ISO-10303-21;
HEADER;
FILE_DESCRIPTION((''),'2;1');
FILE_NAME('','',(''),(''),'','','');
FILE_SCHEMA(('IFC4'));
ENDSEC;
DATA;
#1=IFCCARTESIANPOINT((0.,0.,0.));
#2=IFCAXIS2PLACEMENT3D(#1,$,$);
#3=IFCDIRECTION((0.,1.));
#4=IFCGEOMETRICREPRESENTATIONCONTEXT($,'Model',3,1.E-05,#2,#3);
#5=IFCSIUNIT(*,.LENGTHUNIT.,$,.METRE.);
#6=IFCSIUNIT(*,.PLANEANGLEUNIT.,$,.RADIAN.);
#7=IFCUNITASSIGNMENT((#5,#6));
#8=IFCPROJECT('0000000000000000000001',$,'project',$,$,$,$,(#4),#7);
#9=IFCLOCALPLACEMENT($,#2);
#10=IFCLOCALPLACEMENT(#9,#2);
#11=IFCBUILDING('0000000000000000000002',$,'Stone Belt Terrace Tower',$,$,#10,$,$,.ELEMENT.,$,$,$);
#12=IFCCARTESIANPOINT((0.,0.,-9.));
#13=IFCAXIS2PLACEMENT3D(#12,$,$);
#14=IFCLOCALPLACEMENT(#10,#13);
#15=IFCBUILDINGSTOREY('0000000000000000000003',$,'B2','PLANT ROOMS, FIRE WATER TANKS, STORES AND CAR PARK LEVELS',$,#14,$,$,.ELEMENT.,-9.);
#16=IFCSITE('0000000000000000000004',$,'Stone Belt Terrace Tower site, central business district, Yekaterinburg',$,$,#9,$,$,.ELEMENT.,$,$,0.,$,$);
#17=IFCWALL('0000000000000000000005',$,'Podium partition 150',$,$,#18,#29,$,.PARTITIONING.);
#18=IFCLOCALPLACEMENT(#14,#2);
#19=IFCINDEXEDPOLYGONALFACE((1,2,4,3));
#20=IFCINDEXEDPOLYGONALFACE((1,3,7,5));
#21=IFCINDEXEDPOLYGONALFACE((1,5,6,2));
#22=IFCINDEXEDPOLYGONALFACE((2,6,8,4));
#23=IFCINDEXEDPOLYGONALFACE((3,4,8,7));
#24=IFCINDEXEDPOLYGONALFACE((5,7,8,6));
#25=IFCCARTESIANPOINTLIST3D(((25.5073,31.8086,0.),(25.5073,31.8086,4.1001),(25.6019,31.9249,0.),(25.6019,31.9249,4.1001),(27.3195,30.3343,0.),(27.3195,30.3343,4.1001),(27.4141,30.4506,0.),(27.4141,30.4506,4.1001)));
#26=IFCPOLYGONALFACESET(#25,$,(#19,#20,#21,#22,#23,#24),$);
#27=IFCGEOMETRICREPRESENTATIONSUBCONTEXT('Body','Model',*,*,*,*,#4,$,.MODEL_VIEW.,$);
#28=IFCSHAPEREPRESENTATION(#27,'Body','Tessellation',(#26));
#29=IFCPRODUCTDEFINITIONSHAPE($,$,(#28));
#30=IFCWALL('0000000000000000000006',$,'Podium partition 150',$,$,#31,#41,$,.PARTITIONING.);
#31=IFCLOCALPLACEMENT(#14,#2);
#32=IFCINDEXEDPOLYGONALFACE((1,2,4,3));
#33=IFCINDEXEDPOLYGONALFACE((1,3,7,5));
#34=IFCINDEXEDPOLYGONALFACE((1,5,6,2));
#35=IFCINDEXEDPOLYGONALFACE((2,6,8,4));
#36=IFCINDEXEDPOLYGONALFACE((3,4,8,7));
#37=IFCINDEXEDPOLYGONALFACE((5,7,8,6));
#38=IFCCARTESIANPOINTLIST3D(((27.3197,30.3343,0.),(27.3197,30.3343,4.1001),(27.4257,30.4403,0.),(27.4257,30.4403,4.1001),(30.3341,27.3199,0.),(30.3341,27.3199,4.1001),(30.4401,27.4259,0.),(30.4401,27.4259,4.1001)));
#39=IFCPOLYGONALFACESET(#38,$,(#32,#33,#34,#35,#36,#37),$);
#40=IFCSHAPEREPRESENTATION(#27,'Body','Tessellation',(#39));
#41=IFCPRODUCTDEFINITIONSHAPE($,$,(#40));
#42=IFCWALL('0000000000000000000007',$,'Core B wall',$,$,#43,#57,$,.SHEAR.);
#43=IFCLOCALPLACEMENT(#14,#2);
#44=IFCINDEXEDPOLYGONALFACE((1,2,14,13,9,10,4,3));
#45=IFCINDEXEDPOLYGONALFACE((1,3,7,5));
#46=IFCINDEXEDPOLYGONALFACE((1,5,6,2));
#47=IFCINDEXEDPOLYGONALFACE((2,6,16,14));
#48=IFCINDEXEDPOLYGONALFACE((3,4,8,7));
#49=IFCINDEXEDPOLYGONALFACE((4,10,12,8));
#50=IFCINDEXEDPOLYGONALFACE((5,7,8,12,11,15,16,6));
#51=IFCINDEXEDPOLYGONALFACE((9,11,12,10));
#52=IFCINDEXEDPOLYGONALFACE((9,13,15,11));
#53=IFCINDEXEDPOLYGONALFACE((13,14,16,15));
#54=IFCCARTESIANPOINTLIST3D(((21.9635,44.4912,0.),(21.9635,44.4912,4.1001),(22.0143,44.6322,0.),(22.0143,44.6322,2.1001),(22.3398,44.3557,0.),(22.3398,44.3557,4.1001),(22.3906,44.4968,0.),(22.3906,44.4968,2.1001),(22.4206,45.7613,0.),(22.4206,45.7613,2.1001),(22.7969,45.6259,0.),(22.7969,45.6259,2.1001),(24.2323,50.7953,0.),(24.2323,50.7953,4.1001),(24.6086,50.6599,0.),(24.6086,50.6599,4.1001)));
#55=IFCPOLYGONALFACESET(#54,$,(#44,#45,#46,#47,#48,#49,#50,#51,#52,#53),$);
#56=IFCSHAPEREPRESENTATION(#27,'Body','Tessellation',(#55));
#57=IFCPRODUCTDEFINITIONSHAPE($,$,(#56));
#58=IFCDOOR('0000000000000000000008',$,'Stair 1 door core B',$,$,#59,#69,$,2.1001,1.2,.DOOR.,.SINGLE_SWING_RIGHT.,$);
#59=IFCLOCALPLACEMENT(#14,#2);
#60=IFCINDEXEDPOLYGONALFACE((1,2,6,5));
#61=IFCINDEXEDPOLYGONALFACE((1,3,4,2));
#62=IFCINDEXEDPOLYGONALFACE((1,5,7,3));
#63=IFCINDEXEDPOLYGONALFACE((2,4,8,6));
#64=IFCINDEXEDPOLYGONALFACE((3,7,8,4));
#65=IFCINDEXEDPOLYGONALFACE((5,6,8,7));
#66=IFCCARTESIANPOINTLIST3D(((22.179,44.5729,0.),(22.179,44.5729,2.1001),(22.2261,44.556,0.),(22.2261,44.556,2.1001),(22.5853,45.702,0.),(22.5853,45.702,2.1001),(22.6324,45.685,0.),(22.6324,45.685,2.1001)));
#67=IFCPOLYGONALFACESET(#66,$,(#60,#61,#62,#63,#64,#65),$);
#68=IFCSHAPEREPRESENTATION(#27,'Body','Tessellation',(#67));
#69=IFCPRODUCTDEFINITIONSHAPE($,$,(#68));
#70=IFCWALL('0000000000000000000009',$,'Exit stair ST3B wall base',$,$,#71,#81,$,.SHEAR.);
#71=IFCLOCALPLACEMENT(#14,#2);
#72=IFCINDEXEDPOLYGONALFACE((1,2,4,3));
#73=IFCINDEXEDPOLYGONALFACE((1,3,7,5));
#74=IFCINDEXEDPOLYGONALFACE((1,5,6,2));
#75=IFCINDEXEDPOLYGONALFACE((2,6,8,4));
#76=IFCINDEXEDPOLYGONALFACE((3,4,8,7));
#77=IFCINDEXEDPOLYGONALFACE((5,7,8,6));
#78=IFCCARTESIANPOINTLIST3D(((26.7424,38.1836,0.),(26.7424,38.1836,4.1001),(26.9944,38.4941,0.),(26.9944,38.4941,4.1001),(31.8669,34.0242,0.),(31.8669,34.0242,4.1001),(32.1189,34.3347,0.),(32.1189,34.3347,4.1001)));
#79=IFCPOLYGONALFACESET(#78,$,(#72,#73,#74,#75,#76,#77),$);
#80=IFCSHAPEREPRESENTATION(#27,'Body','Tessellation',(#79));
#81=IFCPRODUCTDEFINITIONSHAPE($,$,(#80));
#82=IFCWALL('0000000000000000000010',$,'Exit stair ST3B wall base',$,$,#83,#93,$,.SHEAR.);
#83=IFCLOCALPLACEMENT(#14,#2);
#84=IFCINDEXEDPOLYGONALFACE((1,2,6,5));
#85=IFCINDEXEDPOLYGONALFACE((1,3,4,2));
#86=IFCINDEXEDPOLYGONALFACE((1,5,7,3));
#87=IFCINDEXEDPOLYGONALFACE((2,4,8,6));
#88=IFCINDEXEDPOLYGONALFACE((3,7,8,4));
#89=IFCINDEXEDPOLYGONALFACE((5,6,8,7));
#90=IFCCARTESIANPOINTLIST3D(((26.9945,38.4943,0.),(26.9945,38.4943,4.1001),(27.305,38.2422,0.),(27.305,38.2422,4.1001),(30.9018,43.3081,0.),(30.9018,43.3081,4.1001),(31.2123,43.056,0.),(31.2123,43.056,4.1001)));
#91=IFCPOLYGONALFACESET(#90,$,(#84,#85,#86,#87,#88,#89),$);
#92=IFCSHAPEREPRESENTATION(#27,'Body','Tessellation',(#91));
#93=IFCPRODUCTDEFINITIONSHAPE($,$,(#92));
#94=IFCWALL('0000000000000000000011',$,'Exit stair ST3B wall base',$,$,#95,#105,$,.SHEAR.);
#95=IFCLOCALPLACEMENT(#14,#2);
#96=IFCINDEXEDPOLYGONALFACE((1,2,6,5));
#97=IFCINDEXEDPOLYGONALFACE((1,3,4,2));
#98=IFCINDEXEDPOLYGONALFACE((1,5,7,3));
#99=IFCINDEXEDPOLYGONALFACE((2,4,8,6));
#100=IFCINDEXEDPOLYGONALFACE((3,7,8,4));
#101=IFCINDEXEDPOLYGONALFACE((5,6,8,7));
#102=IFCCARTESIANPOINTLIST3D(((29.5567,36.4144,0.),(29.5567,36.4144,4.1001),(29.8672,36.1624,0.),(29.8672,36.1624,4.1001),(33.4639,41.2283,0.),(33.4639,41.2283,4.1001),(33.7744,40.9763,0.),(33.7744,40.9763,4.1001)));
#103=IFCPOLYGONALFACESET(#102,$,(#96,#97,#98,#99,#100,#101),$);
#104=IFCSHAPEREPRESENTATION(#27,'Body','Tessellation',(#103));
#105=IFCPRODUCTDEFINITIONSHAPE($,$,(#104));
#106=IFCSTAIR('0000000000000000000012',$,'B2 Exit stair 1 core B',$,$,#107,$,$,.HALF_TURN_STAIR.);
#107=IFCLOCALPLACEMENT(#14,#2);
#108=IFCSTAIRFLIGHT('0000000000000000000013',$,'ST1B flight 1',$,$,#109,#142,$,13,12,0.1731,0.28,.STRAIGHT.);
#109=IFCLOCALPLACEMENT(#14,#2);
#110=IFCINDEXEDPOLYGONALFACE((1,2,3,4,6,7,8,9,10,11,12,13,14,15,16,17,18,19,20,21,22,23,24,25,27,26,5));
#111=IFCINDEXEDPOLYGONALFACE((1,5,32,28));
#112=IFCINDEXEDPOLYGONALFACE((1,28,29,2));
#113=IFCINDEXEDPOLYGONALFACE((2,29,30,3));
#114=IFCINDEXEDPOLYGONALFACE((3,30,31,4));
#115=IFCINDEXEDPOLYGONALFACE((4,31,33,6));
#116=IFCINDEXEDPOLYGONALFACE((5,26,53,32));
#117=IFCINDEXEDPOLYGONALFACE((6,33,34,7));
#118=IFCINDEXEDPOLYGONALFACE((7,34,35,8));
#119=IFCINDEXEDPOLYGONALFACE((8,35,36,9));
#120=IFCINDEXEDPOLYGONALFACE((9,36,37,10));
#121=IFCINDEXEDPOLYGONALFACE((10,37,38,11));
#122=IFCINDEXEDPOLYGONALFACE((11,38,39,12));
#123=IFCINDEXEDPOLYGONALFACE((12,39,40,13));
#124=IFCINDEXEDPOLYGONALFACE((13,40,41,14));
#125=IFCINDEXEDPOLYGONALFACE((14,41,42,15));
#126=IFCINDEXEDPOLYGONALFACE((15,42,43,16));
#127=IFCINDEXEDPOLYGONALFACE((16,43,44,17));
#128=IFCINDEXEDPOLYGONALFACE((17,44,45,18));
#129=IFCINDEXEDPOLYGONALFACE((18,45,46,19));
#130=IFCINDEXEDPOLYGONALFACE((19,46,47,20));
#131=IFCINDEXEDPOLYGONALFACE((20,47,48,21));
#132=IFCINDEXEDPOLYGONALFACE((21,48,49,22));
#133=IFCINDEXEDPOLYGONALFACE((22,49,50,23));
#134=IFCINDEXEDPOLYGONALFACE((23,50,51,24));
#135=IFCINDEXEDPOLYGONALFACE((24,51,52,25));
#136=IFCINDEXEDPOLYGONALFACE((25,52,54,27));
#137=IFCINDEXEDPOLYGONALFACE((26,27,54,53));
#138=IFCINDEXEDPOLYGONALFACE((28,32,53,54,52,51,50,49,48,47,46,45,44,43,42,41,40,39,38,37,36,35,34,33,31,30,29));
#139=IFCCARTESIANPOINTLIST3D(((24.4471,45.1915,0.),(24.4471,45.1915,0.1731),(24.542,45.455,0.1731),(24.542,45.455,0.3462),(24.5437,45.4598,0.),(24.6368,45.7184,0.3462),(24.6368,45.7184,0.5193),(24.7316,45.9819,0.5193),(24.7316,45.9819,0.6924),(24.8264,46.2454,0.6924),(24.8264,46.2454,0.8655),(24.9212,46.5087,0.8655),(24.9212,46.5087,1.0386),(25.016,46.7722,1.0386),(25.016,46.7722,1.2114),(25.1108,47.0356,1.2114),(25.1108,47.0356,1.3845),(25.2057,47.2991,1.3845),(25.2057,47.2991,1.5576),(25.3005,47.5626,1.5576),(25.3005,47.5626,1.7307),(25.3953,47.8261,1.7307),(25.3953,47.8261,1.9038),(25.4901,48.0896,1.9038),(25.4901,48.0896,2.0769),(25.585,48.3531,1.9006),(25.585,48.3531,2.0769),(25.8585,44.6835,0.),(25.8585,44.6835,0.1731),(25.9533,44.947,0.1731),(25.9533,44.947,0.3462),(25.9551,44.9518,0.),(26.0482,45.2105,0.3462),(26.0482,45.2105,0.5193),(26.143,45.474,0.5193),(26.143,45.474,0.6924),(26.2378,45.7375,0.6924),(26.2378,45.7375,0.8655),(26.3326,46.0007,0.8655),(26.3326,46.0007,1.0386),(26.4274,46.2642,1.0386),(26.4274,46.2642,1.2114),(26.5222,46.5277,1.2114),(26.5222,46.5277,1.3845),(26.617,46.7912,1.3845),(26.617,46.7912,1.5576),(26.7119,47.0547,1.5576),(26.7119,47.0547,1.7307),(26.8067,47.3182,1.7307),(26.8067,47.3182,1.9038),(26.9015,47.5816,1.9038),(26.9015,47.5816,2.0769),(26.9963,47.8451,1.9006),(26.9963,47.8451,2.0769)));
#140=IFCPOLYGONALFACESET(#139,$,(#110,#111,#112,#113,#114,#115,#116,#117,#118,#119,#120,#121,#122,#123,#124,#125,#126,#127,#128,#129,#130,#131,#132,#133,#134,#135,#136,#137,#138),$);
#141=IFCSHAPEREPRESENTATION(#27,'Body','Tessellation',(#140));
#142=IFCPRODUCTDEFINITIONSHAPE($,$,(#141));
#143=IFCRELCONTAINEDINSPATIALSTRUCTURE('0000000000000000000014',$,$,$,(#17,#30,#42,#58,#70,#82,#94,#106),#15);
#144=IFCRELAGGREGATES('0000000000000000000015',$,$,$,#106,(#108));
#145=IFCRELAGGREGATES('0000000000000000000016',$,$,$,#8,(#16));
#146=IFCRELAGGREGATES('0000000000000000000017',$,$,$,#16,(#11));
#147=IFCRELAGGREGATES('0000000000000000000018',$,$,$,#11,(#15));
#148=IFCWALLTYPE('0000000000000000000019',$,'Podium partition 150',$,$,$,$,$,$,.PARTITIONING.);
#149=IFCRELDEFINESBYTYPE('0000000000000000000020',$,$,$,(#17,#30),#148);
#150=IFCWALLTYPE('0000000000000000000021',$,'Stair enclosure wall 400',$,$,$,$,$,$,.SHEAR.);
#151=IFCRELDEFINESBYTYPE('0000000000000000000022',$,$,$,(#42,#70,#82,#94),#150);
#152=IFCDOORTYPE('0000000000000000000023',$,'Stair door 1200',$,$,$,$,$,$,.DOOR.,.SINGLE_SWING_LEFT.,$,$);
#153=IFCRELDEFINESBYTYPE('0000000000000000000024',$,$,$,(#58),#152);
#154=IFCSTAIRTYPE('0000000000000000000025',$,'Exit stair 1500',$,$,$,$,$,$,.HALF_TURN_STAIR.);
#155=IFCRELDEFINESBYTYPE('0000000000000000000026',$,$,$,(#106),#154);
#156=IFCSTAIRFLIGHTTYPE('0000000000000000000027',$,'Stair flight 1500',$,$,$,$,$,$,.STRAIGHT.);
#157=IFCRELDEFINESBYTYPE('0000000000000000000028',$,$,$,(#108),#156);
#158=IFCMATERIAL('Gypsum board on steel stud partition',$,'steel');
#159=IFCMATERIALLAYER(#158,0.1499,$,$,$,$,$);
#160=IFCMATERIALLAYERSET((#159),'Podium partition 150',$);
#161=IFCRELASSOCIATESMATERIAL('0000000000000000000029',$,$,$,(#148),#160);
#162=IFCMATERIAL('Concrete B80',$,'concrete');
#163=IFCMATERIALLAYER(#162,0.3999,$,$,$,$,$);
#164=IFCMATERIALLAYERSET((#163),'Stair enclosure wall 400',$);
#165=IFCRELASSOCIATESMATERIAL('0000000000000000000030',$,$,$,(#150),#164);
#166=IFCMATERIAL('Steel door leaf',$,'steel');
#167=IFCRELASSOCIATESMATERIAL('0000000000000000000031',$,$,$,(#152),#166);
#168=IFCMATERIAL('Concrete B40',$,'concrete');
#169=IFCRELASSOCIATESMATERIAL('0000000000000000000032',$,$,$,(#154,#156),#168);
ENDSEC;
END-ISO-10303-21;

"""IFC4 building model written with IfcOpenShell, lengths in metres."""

from ifc_helpers import new_model, si_unit, direction, frame, frame_2d, origin, place, context, subcontext, project, spatial, polyline, rectangle, outline, extrude, material, layer, layer_set, type_object, element, fill, aggregate, save


model = new_model("IFC4")

# Units and contexts
model_context = context("Model", 3, precision=1e-05, world=origin(), true_north=direction((0.0, 1.0)))
body_context = subcontext(model_context, "Body", "Model", "MODEL_VIEW")
ifc_project = project(units=[si_unit("LENGTHUNIT", "METRE"), si_unit("PLANEANGLEUNIT", "RADIAN")], contexts=[model_context])

# Site, building, storey
site_placement = place(None, origin())
site = spatial("IfcSite", under=ifc_project, at=site_placement, Name="Stone Belt Terrace Tower site, central business district, Yekaterinburg", CompositionType="ELEMENT", RefElevation=0.0)
building_placement = place(site_placement, origin())
building = spatial("IfcBuilding", under=site, at=building_placement, Name="Stone Belt Terrace Tower", CompositionType="ELEMENT")
storey_placement = place(building_placement, frame((0.0, 0.0, -9.0)))
storey = spatial("IfcBuildingStorey", under=building, at=storey_placement, Name="B2", Description="PLANT ROOMS, FIRE WATER TANKS, STORES AND CAR PARK LEVELS", CompositionType="ELEMENT", Elevation=-9.0)

# Shared definitions
ifc_material_1 = material(Name="Concrete B80", Category="concrete")

# Walls
ifc_material_2 = material(Name="Gypsum board on steel stud partition", Category="steel")
ifc_layer_1 = layer(ifc_material_2, 0.1499)
ifc_layer_set_1 = layer_set([ifc_layer_1], Name="Podium partition 150")
wall_type_1 = type_object("IfcWallType", Name="Podium partition 150", PredefinedType="PARTITIONING", material=ifc_layer_set_1)
wall_1_placement = place(storey_placement, frame((25.5547, 31.8667, 0.0), z_axis=(0.0, 0.0, 1.0), x_axis=(0.775714, -0.631084, 0.0)))
element("IfcWall", 1, at=wall_1_placement, inside=storey, type_object=wall_type_1, Name="Podium partition 150", PredefinedType="PARTITIONING", context=body_context, shape_type="SweptSolid", body=[
    extrude(rectangle(XDim=2.3362, YDim=0.1499, at=frame_2d((1.168, 0.0))), origin(), (0.0, 0.0, 1.0), 4.1001),
])
wall_2_placement = place(storey_placement, frame((27.3728, 30.3872, 0.0), z_axis=(0.0, 0.0, 1.0), x_axis=(0.707107, -0.707107, 0.0)))
element("IfcWall", 2, at=wall_2_placement, inside=storey, type_object=wall_type_1, Name="Podium partition 150", PredefinedType="PARTITIONING", context=body_context, shape_type="SweptSolid", body=[
    extrude(rectangle(XDim=4.2629, YDim=0.1499, at=frame_2d((2.1313, 0.0))), origin(), (0.0, 0.0, 1.0), 4.1001),
])

# Wall, opening, door
ifc_layer_2 = layer(ifc_material_1, 0.3999)
ifc_layer_set_2 = layer_set([ifc_layer_2], Name="Stair enclosure wall 400")
wall_type_2 = type_object("IfcWallType", Name="Stair enclosure wall 400", PredefinedType="SHEAR", material=ifc_layer_set_2)
wall_3_placement = place(storey_placement, frame((22.1516, 44.4233, 0.0), z_axis=(0.0, 0.0, 1.0), x_axis=(0.338625, 0.940921, 0.0)))
wall_3 = element("IfcWall", 3, at=wall_3_placement, inside=storey, type_object=wall_type_2, Name="Core B wall", PredefinedType="SHEAR", context=body_context, shape_type="SweptSolid", body=[
    extrude(rectangle(XDim=6.7, YDim=0.3999, at=frame_2d((3.3501, 0.0))), origin(), (0.0, 0.0, 1.0), 4.1001),
])
opening_1_placement = place(wall_3_placement, frame((0.1499, 0.0, 0.0)))
opening_1 = element("IfcOpeningElement", 4, at=opening_1_placement, cuts=wall_3, PredefinedType="OPENING", context=body_context, shape_type="SweptSolid", body=[
    extrude(rectangle(XDim=1.2, YDim=2.1001, at=frame_2d((0.6001, 1.05))), frame((0.0, 0.21, 0.0), z_axis=(0.0, -1.0, 0.0), x_axis=(1.0, 0.0, 0.0)), (0.0, 0.0, 1.0), 0.4199),
])
ifc_material_3 = material(Name="Steel door leaf", Category="steel")
door_type_1 = type_object("IfcDoorType", Name="Stair door 1200", OperationType="SINGLE_SWING_LEFT", PredefinedType="DOOR", material=ifc_material_3)
door_1_placement = place(opening_1_placement, origin())
door_1 = element("IfcDoor", 5, at=door_1_placement, inside=storey, type_object=door_type_1, Name="Stair 1 door core B", OperationType="SINGLE_SWING_RIGHT", OverallHeight=2.1001, OverallWidth=1.2, PredefinedType="DOOR", context=body_context, shape_type="SweptSolid", body=[
    extrude(rectangle(XDim=1.2, YDim=2.1001, at=frame_2d((0.6001, 1.05))), frame((0.0, 0.0249, 0.0), z_axis=(0.0, -1.0, 0.0), x_axis=(1.0, 0.0, 0.0)), (0.0, 0.0, 1.0), 0.05),
])
fill(opening_1, door_1)

# Walls
wall_4_placement = place(storey_placement, frame((26.8684, 38.3389, 0.0), z_axis=(0.0, 0.0, 1.0), x_axis=(0.776428, -0.630205, 0.0)))
element("IfcWall", 6, at=wall_4_placement, inside=storey, type_object=wall_type_2, Name="Exit stair ST3B wall base", PredefinedType="SHEAR", context=body_context, shape_type="SweptSolid", body=[
    extrude(rectangle(XDim=6.6001, YDim=0.3999, at=frame_2d((3.3, 0.0))), origin(), (0.0, 0.0, 1.0), 4.1001),
])
for number, where, z_axis, x_axis, name in (
    (7, (27.1497, 38.3682, 0.0), (0.0, 0.0, 1.0), (0.630212, 0.776423, 0.0), "Exit stair ST3B wall base"),
    (8, (29.7119, 36.2883, 0.0), (0.0, 0.0, 1.0), (0.630192, 0.776439, 0.0), "Exit stair ST3B wall base"),
):
    element("IfcWall", number, at=place(storey_placement, frame(where, z_axis=z_axis, x_axis=x_axis)), inside=storey, type_object=wall_type_2, Name=name, PredefinedType="SHEAR", context=body_context, shape_type="SweptSolid", body=[
        extrude(rectangle(XDim=6.2, YDim=0.3999, at=frame_2d((3.1001, 0.0))), origin(), (0.0, 0.0, 1.0), 4.1001),
    ])

# Stair, stair flight
ifc_material_4 = material(Name="Concrete B40", Category="concrete")
stair_type = type_object("IfcStairType", Name="Exit stair 1500", PredefinedType="HALF_TURN_STAIR", material=ifc_material_4)
stair_placement = place(storey_placement, origin())
stair = element("IfcStair", 9, at=stair_placement, inside=storey, type_object=stair_type, Name="B2 Exit stair 1 core B", PredefinedType="HALF_TURN_STAIR")
stair_flight_type = type_object("IfcStairFlightType", Name="Stair flight 1500", PredefinedType="STRAIGHT", material=ifc_material_4)
stair_flight_placement = place(storey_placement, frame((25.1528, 44.9375, 0.0), z_axis=(0.0, 0.0, 1.0), x_axis=(0.338624, 0.940922, 0.0)))
stair_flight = element("IfcStairFlight", 10, at=stair_flight_placement, type_object=stair_flight_type, Name="ST1B flight 1", NumberOfRisers=13, NumberOfTreads=12, PredefinedType="STRAIGHT", RiserHeight=0.1731, TreadLength=0.28, context=body_context, shape_type="SweptSolid", body=[
    extrude(outline(polyline([(0.0, 0.0), (0.0, 0.1731), (0.28, 0.1731), (0.28, 0.3462), (0.5601, 0.3462), (0.5601, 0.5193), (0.8401, 0.5193), (0.8401, 0.6924), (1.1201, 0.6924), (1.1201, 0.8655), (1.3999, 0.8655), (1.3999, 1.0386), (1.6799, 1.0386), (1.6799, 1.2114), (1.96, 1.2114), (1.96, 1.3845), (2.24, 1.3845), (2.24, 1.5576), (2.52, 1.5576), (2.52, 1.7307), (2.8, 1.7307), (2.8, 1.9038), (3.0801, 1.9038), (3.0801, 2.0769), (3.3601, 2.0769), (3.3601, 2.25), (3.3601, 1.9006), (0.2852, 0.0), (0.0, 0.0)])), frame((0.0, 0.75, 0.0), z_axis=(0.0, -1.0, 0.0), x_axis=(1.0, 0.0, 0.0)), (0.0, 0.0, 1.0), 1.5),
])
aggregate(stair, [stair_flight])

save(model, "model.ifc")
